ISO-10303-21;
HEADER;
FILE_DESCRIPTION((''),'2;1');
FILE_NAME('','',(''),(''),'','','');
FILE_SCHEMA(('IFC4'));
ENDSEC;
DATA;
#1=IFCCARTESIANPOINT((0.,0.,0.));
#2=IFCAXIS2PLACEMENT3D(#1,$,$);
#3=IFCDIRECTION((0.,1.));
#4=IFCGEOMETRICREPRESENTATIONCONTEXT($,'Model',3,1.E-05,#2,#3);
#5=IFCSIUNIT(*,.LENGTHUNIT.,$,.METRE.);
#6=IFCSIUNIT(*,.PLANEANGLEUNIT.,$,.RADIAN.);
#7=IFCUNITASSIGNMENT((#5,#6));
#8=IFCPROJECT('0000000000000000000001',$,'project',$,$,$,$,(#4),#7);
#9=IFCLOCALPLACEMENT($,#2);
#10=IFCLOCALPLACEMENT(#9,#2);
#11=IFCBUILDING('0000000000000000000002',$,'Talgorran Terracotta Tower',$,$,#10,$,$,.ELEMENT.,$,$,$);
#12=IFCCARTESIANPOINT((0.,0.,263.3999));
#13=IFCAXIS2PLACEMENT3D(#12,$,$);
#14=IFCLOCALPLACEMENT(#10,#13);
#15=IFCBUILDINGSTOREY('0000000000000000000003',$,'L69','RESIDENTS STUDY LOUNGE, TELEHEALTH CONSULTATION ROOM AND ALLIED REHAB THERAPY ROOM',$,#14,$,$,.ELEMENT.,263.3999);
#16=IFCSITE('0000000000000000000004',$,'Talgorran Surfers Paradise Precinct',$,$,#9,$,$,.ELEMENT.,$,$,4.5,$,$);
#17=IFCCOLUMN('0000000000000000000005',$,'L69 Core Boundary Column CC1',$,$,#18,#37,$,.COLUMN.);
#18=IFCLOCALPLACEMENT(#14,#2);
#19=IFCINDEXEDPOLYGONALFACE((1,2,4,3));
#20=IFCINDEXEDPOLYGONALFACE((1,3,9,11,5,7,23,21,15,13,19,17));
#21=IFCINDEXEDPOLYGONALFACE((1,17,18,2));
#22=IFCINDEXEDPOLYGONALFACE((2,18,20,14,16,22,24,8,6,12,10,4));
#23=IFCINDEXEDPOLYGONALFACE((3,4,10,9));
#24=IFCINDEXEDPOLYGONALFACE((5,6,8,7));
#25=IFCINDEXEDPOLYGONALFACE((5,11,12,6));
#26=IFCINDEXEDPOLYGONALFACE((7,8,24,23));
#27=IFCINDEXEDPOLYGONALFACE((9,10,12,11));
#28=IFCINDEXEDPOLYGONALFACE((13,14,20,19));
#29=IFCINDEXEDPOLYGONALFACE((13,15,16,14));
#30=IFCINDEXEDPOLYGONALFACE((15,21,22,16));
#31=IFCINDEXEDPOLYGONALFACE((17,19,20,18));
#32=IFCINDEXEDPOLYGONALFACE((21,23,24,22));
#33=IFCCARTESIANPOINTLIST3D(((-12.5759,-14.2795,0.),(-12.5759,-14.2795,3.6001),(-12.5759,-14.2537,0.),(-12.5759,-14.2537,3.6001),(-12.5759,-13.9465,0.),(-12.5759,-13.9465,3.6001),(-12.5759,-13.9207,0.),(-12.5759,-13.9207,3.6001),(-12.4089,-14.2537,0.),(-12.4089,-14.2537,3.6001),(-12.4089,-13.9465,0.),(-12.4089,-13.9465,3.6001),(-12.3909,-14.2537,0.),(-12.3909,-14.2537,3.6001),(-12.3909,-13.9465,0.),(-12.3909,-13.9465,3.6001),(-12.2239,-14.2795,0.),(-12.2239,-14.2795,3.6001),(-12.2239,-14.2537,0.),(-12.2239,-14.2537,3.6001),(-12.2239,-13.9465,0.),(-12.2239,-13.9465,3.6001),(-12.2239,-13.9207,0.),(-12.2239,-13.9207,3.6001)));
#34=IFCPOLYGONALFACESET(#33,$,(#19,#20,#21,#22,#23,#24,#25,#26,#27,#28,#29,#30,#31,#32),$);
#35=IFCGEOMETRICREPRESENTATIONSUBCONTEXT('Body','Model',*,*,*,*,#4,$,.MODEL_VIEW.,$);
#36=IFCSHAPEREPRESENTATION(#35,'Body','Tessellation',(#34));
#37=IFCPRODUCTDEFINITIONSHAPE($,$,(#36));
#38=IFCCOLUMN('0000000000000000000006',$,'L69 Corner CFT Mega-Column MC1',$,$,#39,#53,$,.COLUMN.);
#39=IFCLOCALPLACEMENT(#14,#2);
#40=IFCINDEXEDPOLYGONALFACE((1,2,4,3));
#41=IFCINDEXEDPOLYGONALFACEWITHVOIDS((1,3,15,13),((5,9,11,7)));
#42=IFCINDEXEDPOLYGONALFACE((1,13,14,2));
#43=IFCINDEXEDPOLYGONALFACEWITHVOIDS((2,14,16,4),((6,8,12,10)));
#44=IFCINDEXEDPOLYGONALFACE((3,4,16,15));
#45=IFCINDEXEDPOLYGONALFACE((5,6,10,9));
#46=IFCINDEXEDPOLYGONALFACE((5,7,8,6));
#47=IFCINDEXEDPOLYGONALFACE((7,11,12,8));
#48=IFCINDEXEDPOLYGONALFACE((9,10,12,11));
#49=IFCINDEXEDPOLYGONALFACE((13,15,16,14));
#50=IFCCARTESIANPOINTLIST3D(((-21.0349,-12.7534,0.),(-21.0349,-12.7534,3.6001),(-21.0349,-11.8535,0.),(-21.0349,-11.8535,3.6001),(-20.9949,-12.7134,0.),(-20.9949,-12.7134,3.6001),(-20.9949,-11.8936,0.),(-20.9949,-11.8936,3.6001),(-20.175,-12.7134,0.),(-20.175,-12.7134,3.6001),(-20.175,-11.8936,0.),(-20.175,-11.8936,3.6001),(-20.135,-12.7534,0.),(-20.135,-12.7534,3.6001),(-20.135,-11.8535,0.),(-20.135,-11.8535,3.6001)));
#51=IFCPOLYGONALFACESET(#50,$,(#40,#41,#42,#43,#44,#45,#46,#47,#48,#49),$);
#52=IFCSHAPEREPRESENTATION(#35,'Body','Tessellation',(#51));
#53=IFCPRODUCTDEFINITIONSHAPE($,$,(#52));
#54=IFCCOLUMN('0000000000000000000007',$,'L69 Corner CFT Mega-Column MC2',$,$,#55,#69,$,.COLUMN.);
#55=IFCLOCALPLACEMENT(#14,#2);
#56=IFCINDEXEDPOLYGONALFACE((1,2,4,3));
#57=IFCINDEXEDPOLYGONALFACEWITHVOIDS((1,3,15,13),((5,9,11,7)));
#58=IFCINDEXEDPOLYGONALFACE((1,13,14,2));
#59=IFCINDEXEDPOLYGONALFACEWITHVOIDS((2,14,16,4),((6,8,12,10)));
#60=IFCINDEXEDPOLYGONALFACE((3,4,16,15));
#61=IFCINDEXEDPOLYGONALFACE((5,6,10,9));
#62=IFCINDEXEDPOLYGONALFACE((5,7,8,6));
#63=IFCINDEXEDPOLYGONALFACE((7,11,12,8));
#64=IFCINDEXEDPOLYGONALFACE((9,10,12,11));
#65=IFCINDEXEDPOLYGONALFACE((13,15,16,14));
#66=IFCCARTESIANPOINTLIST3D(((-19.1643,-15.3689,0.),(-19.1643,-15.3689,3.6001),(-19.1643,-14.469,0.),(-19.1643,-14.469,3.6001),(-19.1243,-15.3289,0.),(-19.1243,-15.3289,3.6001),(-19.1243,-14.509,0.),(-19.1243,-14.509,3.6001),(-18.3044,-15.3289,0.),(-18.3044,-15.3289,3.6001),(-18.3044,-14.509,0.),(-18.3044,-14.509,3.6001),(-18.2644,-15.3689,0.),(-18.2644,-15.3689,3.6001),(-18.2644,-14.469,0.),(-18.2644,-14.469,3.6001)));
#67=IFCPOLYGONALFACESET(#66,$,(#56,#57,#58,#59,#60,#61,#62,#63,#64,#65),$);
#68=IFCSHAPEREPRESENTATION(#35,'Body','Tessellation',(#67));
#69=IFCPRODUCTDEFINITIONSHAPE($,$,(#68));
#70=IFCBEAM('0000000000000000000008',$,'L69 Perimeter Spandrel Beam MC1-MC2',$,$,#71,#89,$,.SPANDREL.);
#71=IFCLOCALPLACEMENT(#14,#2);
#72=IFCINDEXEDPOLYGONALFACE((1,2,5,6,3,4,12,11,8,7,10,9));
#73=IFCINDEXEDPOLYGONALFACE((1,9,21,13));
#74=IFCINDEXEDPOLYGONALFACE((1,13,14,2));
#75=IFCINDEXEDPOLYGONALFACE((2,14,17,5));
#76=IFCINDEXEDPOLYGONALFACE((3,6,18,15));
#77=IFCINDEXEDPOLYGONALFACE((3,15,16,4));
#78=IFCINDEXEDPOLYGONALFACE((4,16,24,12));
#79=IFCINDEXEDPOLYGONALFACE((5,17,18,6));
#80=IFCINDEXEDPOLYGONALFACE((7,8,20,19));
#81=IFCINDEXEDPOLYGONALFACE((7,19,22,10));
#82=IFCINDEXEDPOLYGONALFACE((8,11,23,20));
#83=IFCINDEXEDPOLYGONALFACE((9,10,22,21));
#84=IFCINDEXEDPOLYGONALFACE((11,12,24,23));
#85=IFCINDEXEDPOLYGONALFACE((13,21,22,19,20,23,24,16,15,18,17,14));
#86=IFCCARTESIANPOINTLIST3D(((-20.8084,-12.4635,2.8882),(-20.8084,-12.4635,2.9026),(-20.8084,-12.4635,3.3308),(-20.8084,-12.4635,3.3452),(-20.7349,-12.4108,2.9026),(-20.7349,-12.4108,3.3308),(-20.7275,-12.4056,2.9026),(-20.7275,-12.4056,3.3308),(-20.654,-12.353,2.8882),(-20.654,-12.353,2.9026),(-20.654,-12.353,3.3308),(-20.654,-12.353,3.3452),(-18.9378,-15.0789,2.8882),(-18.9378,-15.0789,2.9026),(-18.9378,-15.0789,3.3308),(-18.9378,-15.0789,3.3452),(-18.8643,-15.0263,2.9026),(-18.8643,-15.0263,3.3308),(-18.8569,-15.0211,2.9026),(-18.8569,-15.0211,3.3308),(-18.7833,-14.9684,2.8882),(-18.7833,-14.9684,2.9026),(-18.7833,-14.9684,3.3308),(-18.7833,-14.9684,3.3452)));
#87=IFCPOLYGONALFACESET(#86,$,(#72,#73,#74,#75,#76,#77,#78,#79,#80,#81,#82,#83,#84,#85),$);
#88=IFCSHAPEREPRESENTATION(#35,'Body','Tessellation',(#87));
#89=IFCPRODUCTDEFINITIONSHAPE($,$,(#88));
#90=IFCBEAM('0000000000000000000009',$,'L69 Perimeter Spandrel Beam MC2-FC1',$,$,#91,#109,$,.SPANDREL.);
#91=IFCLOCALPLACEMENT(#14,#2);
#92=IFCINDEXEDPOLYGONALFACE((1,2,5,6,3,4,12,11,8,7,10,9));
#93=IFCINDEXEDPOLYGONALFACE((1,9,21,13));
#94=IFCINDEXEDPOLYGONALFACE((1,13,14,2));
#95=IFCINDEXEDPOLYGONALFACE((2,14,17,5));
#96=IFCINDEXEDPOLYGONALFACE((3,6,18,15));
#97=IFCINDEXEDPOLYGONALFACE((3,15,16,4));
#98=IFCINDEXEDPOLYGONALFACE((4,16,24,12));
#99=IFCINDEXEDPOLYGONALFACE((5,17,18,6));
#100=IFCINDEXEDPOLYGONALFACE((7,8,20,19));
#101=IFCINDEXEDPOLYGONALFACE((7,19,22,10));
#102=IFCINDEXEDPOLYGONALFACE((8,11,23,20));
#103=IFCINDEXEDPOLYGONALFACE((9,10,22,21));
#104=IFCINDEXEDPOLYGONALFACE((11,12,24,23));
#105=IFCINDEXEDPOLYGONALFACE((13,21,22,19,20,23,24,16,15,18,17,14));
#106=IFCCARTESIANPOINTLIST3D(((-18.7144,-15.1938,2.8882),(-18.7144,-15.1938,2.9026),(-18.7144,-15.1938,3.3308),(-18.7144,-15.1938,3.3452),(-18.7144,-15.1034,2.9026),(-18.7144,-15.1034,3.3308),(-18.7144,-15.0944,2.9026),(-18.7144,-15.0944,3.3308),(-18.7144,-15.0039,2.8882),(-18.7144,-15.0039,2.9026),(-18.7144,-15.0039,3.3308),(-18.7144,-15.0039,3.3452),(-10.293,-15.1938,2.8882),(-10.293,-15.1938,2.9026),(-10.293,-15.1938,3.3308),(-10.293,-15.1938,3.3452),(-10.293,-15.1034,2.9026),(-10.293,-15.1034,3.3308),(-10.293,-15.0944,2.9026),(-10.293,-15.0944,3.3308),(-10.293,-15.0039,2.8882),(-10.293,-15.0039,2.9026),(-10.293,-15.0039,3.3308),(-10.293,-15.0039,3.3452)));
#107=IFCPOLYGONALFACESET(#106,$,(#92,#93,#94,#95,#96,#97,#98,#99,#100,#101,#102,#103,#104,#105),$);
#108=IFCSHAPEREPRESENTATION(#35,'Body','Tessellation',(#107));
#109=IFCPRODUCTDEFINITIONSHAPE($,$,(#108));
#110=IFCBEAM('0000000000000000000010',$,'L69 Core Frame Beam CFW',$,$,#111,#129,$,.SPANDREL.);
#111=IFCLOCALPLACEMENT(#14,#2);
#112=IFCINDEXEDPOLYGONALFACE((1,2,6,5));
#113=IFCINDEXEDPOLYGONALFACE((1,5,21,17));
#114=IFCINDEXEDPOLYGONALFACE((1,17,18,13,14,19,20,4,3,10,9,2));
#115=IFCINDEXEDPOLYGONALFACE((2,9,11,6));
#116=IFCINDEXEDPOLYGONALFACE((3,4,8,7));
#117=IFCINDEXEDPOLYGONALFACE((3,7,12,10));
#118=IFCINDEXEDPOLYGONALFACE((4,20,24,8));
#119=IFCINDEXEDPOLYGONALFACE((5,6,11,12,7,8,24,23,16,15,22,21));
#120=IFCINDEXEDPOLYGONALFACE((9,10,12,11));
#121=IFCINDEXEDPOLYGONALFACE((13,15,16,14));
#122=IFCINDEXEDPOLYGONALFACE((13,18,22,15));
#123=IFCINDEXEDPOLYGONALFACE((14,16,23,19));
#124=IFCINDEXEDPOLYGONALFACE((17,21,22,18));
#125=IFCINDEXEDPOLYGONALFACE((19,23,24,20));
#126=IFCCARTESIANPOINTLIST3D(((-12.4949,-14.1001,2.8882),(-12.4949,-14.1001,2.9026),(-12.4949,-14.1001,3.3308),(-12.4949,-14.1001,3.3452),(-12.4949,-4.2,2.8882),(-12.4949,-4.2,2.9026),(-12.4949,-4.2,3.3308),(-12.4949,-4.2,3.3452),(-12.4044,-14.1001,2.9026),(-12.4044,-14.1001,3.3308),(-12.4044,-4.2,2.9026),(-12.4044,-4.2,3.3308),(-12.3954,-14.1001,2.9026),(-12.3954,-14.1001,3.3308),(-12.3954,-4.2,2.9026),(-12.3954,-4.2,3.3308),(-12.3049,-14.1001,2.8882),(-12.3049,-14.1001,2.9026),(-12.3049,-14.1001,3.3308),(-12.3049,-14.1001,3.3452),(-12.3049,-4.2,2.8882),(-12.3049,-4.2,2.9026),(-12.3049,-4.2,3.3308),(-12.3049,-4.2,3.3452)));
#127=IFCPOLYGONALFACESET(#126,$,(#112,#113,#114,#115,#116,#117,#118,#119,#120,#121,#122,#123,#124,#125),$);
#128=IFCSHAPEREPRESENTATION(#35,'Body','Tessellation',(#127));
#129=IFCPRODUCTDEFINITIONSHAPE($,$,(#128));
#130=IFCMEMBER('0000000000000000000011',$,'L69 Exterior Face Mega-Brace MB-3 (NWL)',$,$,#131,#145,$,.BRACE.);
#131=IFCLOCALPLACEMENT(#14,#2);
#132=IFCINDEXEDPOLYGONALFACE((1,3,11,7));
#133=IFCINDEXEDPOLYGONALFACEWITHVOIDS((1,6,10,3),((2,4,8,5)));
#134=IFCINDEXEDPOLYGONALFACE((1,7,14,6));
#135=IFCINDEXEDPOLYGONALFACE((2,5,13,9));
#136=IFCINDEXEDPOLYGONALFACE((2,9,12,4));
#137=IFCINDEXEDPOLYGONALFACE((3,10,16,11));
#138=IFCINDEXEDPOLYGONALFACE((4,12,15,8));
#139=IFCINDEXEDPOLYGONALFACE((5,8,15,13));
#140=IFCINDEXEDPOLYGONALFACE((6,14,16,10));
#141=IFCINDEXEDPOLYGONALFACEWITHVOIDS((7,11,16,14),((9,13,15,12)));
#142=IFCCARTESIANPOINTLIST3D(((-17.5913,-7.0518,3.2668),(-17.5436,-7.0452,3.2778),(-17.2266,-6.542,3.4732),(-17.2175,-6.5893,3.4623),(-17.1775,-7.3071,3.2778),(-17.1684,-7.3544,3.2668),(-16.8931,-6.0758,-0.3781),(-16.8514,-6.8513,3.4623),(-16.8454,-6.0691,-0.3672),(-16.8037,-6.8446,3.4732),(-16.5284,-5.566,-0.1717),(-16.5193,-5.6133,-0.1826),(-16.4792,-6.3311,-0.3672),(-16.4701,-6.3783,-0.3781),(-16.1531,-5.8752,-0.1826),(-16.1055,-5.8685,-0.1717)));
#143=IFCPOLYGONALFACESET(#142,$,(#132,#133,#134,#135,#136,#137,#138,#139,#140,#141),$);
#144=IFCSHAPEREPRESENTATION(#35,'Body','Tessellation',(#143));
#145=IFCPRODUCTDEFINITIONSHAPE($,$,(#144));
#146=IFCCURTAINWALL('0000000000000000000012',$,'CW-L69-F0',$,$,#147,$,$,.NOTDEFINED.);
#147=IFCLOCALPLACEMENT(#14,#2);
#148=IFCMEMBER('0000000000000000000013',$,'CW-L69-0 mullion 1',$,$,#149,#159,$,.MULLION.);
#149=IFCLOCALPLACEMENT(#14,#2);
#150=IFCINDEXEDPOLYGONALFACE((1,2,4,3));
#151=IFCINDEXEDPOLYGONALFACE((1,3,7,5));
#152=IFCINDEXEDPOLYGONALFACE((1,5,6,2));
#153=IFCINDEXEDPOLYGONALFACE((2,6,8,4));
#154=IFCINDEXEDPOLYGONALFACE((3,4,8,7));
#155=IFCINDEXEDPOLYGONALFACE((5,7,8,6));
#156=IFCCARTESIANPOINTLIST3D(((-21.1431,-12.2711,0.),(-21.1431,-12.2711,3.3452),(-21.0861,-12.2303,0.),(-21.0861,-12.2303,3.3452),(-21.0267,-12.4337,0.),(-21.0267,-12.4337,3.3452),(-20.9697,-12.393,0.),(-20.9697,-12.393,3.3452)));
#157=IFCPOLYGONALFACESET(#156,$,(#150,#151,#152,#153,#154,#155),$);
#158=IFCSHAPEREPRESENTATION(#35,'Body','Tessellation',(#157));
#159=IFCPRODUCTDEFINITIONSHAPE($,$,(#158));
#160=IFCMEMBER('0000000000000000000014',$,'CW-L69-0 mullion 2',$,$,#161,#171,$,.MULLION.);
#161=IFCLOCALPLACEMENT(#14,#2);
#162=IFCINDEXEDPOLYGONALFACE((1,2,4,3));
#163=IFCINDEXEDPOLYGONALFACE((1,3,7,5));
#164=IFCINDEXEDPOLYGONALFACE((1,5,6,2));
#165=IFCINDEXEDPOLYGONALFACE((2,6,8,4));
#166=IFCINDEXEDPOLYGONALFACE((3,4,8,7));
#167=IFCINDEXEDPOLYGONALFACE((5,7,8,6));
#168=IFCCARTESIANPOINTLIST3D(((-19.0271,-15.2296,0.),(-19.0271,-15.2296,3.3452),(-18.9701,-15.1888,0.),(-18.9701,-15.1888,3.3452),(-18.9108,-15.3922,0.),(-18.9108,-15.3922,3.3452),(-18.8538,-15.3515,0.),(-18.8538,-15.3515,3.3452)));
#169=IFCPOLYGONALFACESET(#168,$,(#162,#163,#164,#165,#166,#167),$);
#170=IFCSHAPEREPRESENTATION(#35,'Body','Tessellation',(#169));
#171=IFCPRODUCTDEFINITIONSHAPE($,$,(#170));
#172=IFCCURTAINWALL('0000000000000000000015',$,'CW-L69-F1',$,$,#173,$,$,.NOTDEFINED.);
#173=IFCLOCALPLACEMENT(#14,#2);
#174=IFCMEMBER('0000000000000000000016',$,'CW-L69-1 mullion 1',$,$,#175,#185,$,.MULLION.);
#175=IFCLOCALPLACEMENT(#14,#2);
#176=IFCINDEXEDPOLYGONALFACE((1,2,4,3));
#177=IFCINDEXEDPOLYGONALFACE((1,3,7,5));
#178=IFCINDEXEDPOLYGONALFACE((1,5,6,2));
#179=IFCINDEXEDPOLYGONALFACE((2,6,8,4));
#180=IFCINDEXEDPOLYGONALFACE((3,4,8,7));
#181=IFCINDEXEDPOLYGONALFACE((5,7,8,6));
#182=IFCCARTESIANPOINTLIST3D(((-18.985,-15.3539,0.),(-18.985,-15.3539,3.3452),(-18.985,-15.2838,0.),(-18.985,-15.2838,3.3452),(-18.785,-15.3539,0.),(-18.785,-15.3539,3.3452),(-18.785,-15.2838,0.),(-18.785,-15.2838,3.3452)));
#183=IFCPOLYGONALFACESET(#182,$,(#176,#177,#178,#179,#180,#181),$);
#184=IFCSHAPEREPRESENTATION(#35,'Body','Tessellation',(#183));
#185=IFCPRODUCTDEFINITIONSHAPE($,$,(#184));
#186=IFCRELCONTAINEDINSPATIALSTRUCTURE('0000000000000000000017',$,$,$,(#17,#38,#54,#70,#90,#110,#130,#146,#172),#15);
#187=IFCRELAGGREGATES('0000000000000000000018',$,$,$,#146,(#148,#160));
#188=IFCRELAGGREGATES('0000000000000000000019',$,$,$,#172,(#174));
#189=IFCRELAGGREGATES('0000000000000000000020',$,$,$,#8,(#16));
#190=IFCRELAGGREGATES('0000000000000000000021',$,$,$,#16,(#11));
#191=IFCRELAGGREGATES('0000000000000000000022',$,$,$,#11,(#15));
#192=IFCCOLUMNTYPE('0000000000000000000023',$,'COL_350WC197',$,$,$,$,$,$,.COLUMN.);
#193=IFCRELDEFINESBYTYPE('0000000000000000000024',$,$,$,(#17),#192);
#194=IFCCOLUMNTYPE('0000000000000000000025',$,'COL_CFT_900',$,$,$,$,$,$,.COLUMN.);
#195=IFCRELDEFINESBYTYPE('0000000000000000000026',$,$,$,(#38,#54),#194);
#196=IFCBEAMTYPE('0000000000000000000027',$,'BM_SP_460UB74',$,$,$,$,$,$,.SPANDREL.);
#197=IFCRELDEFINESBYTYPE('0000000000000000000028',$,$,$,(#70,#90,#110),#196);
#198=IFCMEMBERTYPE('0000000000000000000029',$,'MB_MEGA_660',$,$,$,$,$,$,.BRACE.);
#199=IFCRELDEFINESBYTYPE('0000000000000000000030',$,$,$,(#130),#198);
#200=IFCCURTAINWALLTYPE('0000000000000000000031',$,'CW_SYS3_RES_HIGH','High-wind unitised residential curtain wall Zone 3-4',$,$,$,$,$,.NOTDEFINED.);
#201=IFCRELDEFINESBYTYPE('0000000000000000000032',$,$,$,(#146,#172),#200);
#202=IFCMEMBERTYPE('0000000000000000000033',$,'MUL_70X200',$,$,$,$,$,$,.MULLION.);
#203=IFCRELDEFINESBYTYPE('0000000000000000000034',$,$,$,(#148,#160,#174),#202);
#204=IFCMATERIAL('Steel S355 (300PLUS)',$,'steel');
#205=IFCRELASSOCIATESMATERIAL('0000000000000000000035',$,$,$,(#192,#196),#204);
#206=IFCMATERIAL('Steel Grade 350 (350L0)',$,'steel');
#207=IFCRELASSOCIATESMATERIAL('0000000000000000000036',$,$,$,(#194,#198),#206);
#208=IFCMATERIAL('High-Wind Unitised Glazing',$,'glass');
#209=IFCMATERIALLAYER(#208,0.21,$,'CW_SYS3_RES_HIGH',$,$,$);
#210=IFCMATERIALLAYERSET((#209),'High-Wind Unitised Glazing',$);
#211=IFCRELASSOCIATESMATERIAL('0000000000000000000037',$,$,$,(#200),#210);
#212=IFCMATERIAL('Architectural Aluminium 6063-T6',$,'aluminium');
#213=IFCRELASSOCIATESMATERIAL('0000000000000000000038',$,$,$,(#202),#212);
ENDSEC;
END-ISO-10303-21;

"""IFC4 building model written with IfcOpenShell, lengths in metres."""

from ifc_helpers import new_model, si_unit, direction, frame, origin, origin_2d, place, context, subcontext, project, spatial, rectangle, hollow_rectangle, i_section, extrude, material, layer, layer_set, material_profile, profile_set, type_object, element, aggregate, save


model = new_model("IFC4")

# Units and contexts
model_context = context("Model", 3, precision=1e-05, world=origin(), true_north=direction((0.0, 1.0)))
body_context = subcontext(model_context, "Body", "Model", "MODEL_VIEW")
ifc_project = project(units=[si_unit("LENGTHUNIT", "METRE"), si_unit("PLANEANGLEUNIT", "RADIAN")], contexts=[model_context])

# Site, building, storey
site_placement = place(None, origin())
site = spatial("IfcSite", under=ifc_project, at=site_placement, Name="Talgorran Surfers Paradise Precinct", CompositionType="ELEMENT", RefElevation=4.5)
building_placement = place(site_placement, origin())
building = spatial("IfcBuilding", under=site, at=building_placement, Name="Talgorran Terracotta Tower", CompositionType="ELEMENT")
storey_placement = place(building_placement, frame((0.0, 0.0, 263.3999)))
storey = spatial("IfcBuildingStorey", under=building, at=storey_placement, Name="L69", Description="RESIDENTS STUDY LOUNGE, TELEHEALTH CONSULTATION ROOM AND ALLIED REHAB THERAPY ROOM", CompositionType="ELEMENT", Elevation=263.3999)

# Columns
ifc_material_1 = material(Name="Steel S355 (300PLUS)", Category="steel")
ifc_material_profile_1 = material_profile(ifc_material_1, i_section(OverallWidth=0.3521, OverallDepth=0.3589, WebThickness=0.0181, FlangeThickness=0.0259, at=origin_2d()), Name="350WC197")
ifc_profile_set_1 = profile_set([ifc_material_profile_1], Name="Steel S355 (300PLUS)")
column_type_1 = type_object("IfcColumnType", Name="COL_350WC197", PredefinedType="COLUMN", material=ifc_profile_set_1)
column_placement = place(storey_placement, frame((-12.3999, -14.1001, 0.0), z_axis=(0.0, 0.0, 1.0), x_axis=(1.0, 0.0, 0.0)))
element("IfcColumn", 1, at=column_placement, inside=storey, type_object=column_type_1, Name="L69 Core Boundary Column CC1", PredefinedType="COLUMN", context=body_context, shape_type="SweptSolid", body=[
    extrude(i_section(OverallWidth=0.3521, OverallDepth=0.3589, WebThickness=0.0181, FlangeThickness=0.0259, at=origin_2d()), origin(), (0.0, 0.0, 1.0), 3.6001),
])
ifc_material_2 = material(Name="Steel Grade 350 (350L0)", Category="steel")
ifc_material_profile_2 = material_profile(ifc_material_2, hollow_rectangle(XDim=0.8999, YDim=0.8999, WallThickness=0.04, at=origin_2d()), Name="CFT900X900X40")
ifc_profile_set_2 = profile_set([ifc_material_profile_2], Name="Steel Grade 350 (350L0)")
column_type_2 = type_object("IfcColumnType", Name="COL_CFT_900", PredefinedType="COLUMN", material=ifc_profile_set_2)
for number, where, z_axis, x_axis, name in (
    (2, (-20.585, -12.3035, 0.0), (0.0, 0.0, 1.0), (1.0, 0.0, 0.0), "L69 Corner CFT Mega-Column MC1"),
    (3, (-18.7144, -14.9189, 0.0), (0.0, 0.0, 1.0), (1.0, 0.0, 0.0), "L69 Corner CFT Mega-Column MC2"),
):
    element("IfcColumn", number, at=place(storey_placement, frame(where, z_axis=z_axis, x_axis=x_axis)), inside=storey, type_object=column_type_2, Name=name, PredefinedType="COLUMN", context=body_context, shape_type="SweptSolid", body=[
        extrude(hollow_rectangle(XDim=0.8999, YDim=0.8999, WallThickness=0.04, at=origin_2d()), origin(), (0.0, 0.0, 1.0), 3.6001),
    ])

# Beams
ifc_material_profile_3 = material_profile(ifc_material_1, i_section(OverallWidth=0.1899, OverallDepth=0.457, WebThickness=0.009, FlangeThickness=0.0144, at=origin_2d()), Name="460UB74.6")
ifc_profile_set_3 = profile_set([ifc_material_profile_3], Name="Steel S355 (300PLUS)")
beam_type = type_object("IfcBeamType", Name="BM_SP_460UB74", PredefinedType="SPANDREL", material=ifc_profile_set_3)
beam_1_placement = place(storey_placement, frame((-20.7312, -12.4082, 3.1167), z_axis=(0.581734, -0.813379, 0.0), x_axis=(0.813379, 0.581734, 0.0)))
element("IfcBeam", 4, at=beam_1_placement, inside=storey, type_object=beam_type, Name="L69 Perimeter Spandrel Beam MC1-MC2", PredefinedType="SPANDREL", context=body_context, shape_type="SweptSolid", body=[
    extrude(i_section(OverallWidth=0.1899, OverallDepth=0.457, WebThickness=0.009, FlangeThickness=0.0144, at=origin_2d()), origin(), (0.0, 0.0, 1.0), 3.2156),
])
beam_2_placement = place(storey_placement, frame((-18.7144, -15.0989, 3.1167), z_axis=(1.0, 0.0, 0.0), x_axis=(0.0, 1.0, 0.0)))
element("IfcBeam", 5, at=beam_2_placement, inside=storey, type_object=beam_type, Name="L69 Perimeter Spandrel Beam MC2-FC1", PredefinedType="SPANDREL", context=body_context, shape_type="SweptSolid", body=[
    extrude(i_section(OverallWidth=0.1899, OverallDepth=0.457, WebThickness=0.009, FlangeThickness=0.0144, at=origin_2d()), origin(), (0.0, 0.0, 1.0), 8.4214),
])
beam_3_placement = place(storey_placement, frame((-12.3999, -14.1001, 3.1167), z_axis=(0.0, 1.0, 0.0), x_axis=(-1.0, 0.0, 0.0)))
element("IfcBeam", 6, at=beam_3_placement, inside=storey, type_object=beam_type, Name="L69 Core Frame Beam CFW", PredefinedType="SPANDREL", context=body_context, shape_type="SweptSolid", body=[
    extrude(i_section(OverallWidth=0.1899, OverallDepth=0.457, WebThickness=0.009, FlangeThickness=0.0144, at=origin_2d()), origin(), (0.0, 0.0, 1.0), 9.9001),
])

# Member
ifc_material_profile_4 = material_profile(ifc_material_2, hollow_rectangle(XDim=0.52, YDim=0.6599, WallThickness=0.0349, at=origin_2d()), Name="WBOX660X520X35")
ifc_profile_set_4 = profile_set([ifc_material_profile_4], Name="Steel Grade 350 (350L0)")
member_type_1 = type_object("IfcMemberType", Name="MB_MEGA_660", PredefinedType="BRACE", material=ifc_profile_set_4)
member_1_placement = place(storey_placement, frame((-16.4993, -5.9722, -0.2749), z_axis=(-0.181952, -0.254351, 0.949841), x_axis=(0.813321, -0.581815, 0.0)))
element("IfcMember", 7, at=member_1_placement, inside=storey, type_object=member_type_1, Name="L69 Exterior Face Mega-Brace MB-3 (NWL)", PredefinedType="BRACE", context=body_context, shape_type="SweptSolid", body=[
    extrude(hollow_rectangle(XDim=0.52, YDim=0.6599, WallThickness=0.0349, at=origin_2d()), origin(), (0.0, 0.0, 1.0), 3.8374),
])

# Curtain wall, members
ifc_material_3 = material(Name="High-Wind Unitised Glazing", Category="glass")
ifc_layer_1 = layer(ifc_material_3, 0.21, Name="CW_SYS3_RES_HIGH")
ifc_layer_set_1 = layer_set([ifc_layer_1], Name="High-Wind Unitised Glazing")
curtain_wall_type = type_object("IfcCurtainWallType", Name="CW_SYS3_RES_HIGH", Description="High-wind unitised residential curtain wall Zone 3-4", PredefinedType="NOTDEFINED", material=ifc_layer_set_1)
curtain_wall_1_placement = place(storey_placement, origin())
curtain_wall_1 = element("IfcCurtainWall", 8, at=curtain_wall_1_placement, inside=storey, type_object=curtain_wall_type, Name="CW-L69-F0", PredefinedType="NOTDEFINED")
ifc_material_4 = material(Name="Architectural Aluminium 6063-T6", Category="aluminium")
ifc_material_profile_5 = material_profile(ifc_material_4, rectangle(XDim=0.0701, YDim=0.2, at=origin_2d()), Name="CWM70X200")
ifc_profile_set_5 = profile_set([ifc_material_profile_5], Name="Architectural Aluminium 6063-T6")
member_type_2 = type_object("IfcMemberType", Name="MUL_70X200", PredefinedType="MULLION", material=ifc_profile_set_5)
member_2_placement = place(storey_placement, frame((-21.0564, -12.332, 0.0), z_axis=(0.0, 0.0, 1.0), x_axis=(0.813371, 0.581746, 0.0)))
member_2 = element("IfcMember", 9, at=member_2_placement, type_object=member_type_2, Name="CW-L69-0 mullion 1", PredefinedType="MULLION", context=body_context, shape_type="SweptSolid", body=[
    extrude(rectangle(XDim=0.0701, YDim=0.2, at=origin_2d()), origin(), (0.0, 0.0, 1.0), 3.3452),
])
member_3_placement = place(storey_placement, frame((-18.9404, -15.2905, 0.0), z_axis=(0.0, 0.0, 1.0), x_axis=(0.813371, 0.581746, 0.0)))
member_3 = element("IfcMember", 10, at=member_3_placement, type_object=member_type_2, Name="CW-L69-0 mullion 2", PredefinedType="MULLION", context=body_context, shape_type="SweptSolid", body=[
    extrude(rectangle(XDim=0.0701, YDim=0.2, at=origin_2d()), origin(), (0.0, 0.0, 1.0), 3.3452),
])

# Curtain wall, member
curtain_wall_2_placement = place(storey_placement, origin())
curtain_wall_2 = element("IfcCurtainWall", 11, at=curtain_wall_2_placement, inside=storey, type_object=curtain_wall_type, Name="CW-L69-F1", PredefinedType="NOTDEFINED")
member_4_placement = place(storey_placement, frame((-18.885, -15.3188, 0.0), z_axis=(0.0, 0.0, 1.0), x_axis=(0.0, 1.0, 0.0)))
member_4 = element("IfcMember", 12, at=member_4_placement, type_object=member_type_2, Name="CW-L69-1 mullion 1", PredefinedType="MULLION", context=body_context, shape_type="SweptSolid", body=[
    extrude(rectangle(XDim=0.0701, YDim=0.2, at=origin_2d()), origin(), (0.0, 0.0, 1.0), 3.3452),
])

aggregate(curtain_wall_1, [member_2, member_3])
aggregate(curtain_wall_2, [member_4])

save(model, "model.ifc")
